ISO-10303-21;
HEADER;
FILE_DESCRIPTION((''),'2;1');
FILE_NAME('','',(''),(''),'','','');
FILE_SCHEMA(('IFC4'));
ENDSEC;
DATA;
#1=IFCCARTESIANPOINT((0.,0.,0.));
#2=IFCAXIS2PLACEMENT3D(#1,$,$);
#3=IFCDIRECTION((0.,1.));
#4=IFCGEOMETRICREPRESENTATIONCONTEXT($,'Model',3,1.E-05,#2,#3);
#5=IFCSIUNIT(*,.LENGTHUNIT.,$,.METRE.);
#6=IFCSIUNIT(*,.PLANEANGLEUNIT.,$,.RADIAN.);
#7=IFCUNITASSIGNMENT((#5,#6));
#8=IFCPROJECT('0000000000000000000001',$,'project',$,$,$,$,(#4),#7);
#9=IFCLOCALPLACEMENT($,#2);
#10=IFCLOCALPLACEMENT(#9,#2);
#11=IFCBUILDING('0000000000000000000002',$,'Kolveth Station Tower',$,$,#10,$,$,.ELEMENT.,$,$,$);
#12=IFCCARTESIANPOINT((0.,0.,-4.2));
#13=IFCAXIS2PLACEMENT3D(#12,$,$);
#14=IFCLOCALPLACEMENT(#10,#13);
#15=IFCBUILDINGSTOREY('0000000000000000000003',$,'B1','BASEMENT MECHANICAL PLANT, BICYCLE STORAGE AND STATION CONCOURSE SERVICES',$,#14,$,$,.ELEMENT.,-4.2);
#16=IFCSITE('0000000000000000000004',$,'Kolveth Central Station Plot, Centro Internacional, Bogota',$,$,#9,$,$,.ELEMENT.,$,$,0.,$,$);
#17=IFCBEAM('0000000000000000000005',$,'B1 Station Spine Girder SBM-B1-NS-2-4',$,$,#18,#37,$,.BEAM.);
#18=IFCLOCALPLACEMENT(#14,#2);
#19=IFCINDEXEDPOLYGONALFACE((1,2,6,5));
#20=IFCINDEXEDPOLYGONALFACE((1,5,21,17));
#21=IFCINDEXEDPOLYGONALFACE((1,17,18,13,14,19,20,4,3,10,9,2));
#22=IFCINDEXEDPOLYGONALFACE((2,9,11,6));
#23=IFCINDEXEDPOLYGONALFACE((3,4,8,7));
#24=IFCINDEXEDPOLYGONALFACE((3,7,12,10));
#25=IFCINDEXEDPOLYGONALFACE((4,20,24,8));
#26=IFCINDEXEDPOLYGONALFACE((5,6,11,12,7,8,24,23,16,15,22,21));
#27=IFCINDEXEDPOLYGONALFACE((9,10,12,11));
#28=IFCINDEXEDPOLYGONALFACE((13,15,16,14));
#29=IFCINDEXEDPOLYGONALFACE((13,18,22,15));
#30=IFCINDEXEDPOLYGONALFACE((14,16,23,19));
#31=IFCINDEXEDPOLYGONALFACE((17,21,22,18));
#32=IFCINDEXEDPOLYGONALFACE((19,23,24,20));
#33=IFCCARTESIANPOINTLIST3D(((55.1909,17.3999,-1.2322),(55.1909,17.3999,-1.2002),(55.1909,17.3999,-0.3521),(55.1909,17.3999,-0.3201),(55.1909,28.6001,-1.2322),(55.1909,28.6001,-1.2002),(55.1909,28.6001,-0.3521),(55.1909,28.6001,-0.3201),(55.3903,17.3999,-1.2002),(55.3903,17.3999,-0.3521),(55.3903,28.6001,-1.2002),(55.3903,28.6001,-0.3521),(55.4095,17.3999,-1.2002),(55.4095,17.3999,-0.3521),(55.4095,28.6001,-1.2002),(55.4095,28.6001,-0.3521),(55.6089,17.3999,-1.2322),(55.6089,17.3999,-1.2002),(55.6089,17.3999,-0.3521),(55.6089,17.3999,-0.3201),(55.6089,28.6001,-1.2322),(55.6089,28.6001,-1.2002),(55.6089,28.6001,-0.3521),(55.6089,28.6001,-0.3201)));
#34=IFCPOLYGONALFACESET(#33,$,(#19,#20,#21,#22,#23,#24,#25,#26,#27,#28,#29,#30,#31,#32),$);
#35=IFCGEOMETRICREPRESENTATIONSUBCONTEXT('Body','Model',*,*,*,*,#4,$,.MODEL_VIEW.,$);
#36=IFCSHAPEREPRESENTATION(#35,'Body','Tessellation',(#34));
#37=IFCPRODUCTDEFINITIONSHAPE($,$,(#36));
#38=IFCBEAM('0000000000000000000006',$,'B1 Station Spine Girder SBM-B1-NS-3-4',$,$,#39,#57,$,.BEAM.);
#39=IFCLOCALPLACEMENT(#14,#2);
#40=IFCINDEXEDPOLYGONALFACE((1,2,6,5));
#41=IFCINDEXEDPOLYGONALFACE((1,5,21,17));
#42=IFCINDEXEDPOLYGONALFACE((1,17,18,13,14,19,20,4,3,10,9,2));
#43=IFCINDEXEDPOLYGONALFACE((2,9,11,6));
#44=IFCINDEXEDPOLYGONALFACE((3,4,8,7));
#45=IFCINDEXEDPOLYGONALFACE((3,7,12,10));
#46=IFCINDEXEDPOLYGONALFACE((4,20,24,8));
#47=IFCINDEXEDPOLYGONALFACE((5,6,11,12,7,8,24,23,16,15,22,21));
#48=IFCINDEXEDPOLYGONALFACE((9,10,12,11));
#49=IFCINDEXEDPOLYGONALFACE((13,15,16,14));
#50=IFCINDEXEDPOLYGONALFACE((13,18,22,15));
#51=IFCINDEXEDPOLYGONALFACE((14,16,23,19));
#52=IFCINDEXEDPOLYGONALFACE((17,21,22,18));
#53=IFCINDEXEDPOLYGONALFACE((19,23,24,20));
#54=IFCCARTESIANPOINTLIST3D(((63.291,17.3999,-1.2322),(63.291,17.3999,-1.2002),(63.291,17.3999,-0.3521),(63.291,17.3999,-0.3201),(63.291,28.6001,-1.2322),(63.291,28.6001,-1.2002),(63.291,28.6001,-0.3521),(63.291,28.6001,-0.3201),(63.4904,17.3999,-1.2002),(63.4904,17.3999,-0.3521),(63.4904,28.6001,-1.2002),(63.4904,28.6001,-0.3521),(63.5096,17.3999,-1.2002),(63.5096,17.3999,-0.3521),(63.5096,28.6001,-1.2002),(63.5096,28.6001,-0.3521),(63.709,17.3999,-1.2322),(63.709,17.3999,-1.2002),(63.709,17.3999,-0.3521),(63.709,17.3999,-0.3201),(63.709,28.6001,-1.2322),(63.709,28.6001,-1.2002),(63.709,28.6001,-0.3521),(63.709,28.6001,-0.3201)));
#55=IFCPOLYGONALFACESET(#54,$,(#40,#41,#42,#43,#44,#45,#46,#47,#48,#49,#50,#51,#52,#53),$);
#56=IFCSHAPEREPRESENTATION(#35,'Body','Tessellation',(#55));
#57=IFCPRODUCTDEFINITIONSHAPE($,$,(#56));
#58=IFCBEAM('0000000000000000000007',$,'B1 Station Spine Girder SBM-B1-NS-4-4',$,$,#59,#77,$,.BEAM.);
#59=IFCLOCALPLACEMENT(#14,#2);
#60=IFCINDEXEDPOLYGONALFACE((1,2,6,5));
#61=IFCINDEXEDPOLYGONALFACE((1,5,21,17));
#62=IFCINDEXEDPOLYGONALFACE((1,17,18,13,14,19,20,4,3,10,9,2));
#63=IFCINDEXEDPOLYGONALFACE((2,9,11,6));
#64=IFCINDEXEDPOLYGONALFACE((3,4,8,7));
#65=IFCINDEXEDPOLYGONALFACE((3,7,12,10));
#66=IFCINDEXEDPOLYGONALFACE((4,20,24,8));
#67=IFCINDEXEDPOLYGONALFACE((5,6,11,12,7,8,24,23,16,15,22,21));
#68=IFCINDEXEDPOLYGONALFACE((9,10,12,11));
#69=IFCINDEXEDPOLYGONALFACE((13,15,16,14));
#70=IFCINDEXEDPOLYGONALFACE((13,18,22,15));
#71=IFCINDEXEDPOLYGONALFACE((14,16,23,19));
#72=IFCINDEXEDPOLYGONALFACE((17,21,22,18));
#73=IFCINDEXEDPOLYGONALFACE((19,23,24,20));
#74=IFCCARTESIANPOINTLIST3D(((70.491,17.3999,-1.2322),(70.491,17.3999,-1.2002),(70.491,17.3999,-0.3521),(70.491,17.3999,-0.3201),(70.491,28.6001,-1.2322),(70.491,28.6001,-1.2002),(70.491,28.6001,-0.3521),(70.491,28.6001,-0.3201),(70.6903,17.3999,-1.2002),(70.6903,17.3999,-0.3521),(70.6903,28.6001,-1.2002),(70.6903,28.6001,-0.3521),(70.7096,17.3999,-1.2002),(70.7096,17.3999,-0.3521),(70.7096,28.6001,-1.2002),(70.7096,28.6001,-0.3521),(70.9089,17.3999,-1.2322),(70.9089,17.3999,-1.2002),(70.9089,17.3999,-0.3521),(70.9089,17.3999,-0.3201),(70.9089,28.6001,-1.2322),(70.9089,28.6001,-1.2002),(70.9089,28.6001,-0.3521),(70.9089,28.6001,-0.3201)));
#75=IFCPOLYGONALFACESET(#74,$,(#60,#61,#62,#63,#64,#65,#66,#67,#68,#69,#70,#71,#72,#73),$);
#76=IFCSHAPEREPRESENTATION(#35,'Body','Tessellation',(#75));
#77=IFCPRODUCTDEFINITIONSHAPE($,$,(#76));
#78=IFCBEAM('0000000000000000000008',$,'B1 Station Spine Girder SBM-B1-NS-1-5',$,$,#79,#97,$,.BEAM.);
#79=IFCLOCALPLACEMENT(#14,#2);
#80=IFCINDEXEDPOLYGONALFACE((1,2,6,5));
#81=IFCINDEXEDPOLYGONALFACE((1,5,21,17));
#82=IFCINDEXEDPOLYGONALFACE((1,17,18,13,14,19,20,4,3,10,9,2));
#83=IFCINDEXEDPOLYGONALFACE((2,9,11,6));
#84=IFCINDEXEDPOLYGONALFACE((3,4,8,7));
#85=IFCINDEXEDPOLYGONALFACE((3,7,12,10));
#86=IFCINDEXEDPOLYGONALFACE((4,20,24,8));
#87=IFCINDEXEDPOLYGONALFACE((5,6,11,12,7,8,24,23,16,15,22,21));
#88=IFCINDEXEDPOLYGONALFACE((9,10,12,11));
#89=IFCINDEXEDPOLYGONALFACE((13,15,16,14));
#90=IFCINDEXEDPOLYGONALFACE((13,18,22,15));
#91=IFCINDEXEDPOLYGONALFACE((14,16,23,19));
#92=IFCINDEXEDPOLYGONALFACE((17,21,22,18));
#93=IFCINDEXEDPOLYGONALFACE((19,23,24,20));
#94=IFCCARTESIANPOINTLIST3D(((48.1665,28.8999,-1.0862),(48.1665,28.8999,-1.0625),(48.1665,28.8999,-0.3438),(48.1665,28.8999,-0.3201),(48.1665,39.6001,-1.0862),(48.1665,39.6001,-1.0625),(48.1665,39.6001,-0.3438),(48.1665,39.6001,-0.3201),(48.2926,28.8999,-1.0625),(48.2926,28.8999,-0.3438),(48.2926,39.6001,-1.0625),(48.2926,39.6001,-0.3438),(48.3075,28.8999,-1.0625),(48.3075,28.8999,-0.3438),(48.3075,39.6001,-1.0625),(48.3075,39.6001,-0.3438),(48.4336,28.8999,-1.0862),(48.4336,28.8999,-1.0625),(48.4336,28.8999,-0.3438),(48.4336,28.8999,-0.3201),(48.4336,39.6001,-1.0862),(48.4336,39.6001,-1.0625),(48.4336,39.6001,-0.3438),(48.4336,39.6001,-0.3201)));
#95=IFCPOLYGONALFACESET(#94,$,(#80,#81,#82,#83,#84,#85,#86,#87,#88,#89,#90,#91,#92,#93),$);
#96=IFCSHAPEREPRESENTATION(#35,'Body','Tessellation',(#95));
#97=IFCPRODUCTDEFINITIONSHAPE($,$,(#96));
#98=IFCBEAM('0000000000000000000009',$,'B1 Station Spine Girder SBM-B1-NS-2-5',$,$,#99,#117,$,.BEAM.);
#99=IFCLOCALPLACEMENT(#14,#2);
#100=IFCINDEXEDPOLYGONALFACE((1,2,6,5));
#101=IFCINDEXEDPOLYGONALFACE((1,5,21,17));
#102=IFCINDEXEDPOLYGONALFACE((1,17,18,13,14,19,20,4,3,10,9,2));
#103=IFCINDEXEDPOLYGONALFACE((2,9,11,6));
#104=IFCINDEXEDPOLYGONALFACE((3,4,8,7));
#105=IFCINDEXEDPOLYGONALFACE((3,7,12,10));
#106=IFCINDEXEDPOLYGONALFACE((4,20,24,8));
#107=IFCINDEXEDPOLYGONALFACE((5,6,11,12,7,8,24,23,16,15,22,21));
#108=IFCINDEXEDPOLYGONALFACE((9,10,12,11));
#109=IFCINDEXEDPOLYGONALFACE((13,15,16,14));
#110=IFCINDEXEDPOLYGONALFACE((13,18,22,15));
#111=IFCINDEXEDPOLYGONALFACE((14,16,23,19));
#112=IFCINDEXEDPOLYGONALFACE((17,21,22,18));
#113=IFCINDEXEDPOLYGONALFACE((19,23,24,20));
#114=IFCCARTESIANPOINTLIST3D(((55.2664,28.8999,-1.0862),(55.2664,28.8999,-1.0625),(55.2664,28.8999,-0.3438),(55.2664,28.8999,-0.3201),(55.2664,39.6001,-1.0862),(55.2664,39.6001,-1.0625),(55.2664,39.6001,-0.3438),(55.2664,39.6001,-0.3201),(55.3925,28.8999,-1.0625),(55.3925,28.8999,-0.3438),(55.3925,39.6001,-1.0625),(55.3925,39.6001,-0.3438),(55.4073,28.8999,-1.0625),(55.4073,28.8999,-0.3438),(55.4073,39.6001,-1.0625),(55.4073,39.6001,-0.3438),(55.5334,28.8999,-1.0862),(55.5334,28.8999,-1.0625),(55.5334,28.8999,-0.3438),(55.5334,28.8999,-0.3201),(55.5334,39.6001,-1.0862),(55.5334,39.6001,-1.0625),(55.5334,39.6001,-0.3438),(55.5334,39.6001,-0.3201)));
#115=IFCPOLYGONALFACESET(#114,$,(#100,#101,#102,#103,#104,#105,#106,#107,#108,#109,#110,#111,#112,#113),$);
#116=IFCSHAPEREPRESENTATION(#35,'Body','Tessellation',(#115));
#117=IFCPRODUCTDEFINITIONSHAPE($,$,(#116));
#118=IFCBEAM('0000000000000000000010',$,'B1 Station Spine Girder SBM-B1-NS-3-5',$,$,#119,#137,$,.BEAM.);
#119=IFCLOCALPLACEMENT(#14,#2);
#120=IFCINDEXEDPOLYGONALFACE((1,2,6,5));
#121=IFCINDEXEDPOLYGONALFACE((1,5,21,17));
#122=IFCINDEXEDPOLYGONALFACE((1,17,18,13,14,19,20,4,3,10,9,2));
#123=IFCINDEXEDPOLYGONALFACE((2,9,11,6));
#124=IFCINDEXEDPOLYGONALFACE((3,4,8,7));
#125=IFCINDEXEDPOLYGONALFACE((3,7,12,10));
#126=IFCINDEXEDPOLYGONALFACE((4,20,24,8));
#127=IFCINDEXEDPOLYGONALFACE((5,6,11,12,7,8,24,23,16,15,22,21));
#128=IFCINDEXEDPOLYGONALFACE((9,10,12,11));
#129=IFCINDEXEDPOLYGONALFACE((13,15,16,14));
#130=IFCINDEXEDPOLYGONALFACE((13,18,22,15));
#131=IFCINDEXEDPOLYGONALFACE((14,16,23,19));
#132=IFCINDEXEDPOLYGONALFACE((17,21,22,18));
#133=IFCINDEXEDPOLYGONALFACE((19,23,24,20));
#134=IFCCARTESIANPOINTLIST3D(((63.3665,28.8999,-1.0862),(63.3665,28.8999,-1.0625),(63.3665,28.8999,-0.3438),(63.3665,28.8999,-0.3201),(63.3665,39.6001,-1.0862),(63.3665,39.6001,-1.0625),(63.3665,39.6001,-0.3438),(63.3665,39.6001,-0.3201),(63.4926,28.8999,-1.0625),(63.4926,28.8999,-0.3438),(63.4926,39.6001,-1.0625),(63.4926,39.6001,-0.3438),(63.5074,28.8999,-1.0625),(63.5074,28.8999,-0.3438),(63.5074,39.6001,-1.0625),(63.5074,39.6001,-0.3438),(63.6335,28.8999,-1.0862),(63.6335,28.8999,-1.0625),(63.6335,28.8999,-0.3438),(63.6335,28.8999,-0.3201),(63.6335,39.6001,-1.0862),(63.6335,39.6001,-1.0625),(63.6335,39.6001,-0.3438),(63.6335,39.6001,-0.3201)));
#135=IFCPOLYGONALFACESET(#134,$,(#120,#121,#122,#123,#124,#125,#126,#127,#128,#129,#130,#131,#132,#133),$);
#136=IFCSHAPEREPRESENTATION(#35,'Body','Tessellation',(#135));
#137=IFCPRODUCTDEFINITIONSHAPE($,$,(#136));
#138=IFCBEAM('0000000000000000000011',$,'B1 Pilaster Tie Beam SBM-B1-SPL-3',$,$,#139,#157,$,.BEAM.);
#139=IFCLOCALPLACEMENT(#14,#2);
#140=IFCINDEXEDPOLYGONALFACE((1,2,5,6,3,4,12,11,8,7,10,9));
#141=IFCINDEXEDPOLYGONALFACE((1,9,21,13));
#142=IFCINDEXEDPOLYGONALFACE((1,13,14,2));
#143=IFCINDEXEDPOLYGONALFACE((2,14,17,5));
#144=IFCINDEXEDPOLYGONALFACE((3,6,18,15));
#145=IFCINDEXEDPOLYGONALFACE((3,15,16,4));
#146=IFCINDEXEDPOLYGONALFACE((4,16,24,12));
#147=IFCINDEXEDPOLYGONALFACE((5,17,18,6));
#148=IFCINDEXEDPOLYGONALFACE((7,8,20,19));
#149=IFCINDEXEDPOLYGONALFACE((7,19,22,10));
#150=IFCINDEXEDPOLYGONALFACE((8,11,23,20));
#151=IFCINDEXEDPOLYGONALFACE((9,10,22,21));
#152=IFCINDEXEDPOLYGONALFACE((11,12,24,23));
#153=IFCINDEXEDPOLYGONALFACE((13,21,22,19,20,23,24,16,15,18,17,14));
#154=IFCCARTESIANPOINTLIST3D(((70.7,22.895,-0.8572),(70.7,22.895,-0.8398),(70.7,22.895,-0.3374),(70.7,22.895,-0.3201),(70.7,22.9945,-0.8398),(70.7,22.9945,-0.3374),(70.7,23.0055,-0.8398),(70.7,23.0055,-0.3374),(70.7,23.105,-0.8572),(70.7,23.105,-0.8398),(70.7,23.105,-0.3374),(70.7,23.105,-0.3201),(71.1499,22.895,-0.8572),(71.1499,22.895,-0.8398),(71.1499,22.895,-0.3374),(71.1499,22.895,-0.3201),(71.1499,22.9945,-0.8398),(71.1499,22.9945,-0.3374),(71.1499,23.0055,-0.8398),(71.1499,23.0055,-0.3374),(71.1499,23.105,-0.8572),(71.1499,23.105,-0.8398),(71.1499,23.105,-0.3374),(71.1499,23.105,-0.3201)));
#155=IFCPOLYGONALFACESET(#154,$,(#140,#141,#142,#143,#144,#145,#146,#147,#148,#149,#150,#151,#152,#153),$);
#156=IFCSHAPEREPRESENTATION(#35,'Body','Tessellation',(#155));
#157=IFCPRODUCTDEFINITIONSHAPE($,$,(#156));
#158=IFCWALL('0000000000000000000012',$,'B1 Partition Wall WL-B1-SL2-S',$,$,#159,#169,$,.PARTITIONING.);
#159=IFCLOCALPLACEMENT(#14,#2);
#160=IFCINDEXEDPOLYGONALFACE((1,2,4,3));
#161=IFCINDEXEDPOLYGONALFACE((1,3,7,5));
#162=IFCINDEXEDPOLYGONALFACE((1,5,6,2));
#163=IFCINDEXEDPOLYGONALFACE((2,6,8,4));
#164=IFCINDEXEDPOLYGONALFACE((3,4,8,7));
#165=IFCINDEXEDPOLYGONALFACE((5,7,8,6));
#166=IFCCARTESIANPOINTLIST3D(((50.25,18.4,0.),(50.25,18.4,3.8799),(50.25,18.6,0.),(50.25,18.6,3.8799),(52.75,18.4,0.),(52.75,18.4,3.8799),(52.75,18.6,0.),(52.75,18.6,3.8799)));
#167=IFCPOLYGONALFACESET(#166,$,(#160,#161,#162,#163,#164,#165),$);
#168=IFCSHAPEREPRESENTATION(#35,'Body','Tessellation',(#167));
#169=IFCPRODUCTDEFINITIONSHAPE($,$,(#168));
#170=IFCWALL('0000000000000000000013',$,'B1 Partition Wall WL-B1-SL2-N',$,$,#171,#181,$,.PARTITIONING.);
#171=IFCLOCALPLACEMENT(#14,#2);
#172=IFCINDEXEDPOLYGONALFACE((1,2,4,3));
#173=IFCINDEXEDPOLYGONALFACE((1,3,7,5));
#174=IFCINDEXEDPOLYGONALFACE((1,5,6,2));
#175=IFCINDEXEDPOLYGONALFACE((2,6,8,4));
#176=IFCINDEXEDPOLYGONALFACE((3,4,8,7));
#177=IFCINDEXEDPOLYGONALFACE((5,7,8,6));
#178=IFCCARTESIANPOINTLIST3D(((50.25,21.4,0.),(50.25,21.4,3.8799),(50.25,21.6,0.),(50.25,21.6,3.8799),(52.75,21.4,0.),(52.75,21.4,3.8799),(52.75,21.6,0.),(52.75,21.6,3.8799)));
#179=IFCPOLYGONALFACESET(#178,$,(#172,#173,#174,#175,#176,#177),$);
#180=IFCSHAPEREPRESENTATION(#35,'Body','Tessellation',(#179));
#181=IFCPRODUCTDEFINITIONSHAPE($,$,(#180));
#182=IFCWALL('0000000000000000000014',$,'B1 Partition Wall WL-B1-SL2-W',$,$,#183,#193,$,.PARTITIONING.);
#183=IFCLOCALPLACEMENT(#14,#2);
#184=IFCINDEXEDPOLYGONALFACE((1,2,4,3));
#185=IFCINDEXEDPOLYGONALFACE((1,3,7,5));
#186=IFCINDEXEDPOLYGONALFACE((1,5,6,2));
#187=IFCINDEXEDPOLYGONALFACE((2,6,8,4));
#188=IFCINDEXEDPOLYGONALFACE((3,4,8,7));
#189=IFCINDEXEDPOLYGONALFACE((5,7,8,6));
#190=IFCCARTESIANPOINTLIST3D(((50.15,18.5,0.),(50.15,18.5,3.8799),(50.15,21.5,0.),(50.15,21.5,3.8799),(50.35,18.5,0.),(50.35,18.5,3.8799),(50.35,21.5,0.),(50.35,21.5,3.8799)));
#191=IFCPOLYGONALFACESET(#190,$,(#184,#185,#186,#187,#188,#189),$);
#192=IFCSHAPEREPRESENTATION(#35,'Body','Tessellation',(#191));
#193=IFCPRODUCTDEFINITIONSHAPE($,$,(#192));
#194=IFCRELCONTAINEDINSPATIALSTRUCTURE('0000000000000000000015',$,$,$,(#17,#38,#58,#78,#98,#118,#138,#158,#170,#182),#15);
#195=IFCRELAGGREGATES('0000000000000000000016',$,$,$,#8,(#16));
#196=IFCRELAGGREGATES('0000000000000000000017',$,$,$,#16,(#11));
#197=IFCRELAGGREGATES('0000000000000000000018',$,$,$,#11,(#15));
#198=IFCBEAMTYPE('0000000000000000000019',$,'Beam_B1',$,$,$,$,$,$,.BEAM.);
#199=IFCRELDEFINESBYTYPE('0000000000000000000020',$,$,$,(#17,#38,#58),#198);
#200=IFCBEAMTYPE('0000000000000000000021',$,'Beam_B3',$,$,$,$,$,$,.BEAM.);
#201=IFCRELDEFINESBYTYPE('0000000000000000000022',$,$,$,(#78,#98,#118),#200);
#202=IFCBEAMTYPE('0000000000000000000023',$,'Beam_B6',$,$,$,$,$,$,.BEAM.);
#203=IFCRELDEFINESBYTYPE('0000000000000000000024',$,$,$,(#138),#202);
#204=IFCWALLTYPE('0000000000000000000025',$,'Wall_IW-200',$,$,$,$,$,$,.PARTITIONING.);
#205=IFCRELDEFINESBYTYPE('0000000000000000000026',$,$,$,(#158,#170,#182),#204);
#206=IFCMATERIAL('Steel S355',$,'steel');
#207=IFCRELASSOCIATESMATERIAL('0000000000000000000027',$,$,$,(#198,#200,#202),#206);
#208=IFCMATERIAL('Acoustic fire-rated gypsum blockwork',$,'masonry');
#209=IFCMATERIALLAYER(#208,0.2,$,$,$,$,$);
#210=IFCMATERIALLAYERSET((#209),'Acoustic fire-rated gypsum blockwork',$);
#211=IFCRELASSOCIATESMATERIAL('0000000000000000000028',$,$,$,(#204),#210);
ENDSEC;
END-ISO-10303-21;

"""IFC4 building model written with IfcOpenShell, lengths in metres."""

from ifc_helpers import new_model, si_unit, direction, frame, frame_2d, origin, origin_2d, place, context, subcontext, project, spatial, rectangle, i_section, extrude, source, transform, mapped, material, layer, layer_set, material_profile, profile_set, type_object, element, save


model = new_model("IFC4")

# Units and contexts
model_context = context("Model", 3, precision=1e-05, world=origin(), true_north=direction((0.0, 1.0)))
body_context = subcontext(model_context, "Body", "Model", "MODEL_VIEW")
ifc_project = project(units=[si_unit("LENGTHUNIT", "METRE"), si_unit("PLANEANGLEUNIT", "RADIAN")], contexts=[model_context])

# Site, building, storey
site_placement = place(None, origin())
site = spatial("IfcSite", under=ifc_project, at=site_placement, Name="Kolveth Central Station Plot, Centro Internacional, Bogota", CompositionType="ELEMENT", RefElevation=0.0)
building_placement = place(site_placement, origin())
building = spatial("IfcBuilding", under=site, at=building_placement, Name="Kolveth Station Tower", CompositionType="ELEMENT")
storey_placement = place(building_placement, frame((0.0, 0.0, -4.2)))
storey = spatial("IfcBuildingStorey", under=building, at=storey_placement, Name="B1", Description="BASEMENT MECHANICAL PLANT, BICYCLE STORAGE AND STATION CONCOURSE SERVICES", CompositionType="ELEMENT", Elevation=-4.2)

# Shared definitions
ifc_material_1 = material(Name="Steel S355", Category="steel")

# Beams
ifc_material_profile_1 = material_profile(ifc_material_1, i_section(OverallWidth=0.418, OverallDepth=0.9121, WebThickness=0.0193, FlangeThickness=0.032, at=origin_2d()), Name="W920x342")
ifc_profile_set_1 = profile_set([ifc_material_profile_1], Name="Steel S355")
beam_type_1 = type_object("IfcBeamType", Name="Beam_B1", PredefinedType="BEAM", material=ifc_profile_set_1)
shared_shape_1 = source(origin(), body_context, "Body", "SweptSolid", [
    extrude(i_section(OverallWidth=0.418, OverallDepth=0.9121, WebThickness=0.0193, FlangeThickness=0.032, at=origin_2d()), origin(), (0.0, 0.0, 1.0), 11.2002),
])
for number, where, z_axis, x_axis, name in (
    (1, (55.3999, 17.3999, -0.7761), (0.0, 1.0, 0.0), (-1.0, 0.0, 0.0), "B1 Station Spine Girder SBM-B1-NS-2-4"),
    (2, (63.5, 17.3999, -0.7761), (0.0, 1.0, 0.0), (-1.0, 0.0, 0.0), "B1 Station Spine Girder SBM-B1-NS-3-4"),
    (3, (70.7, 17.3999, -0.7761), (0.0, 1.0, 0.0), (-1.0, 0.0, 0.0), "B1 Station Spine Girder SBM-B1-NS-4-4"),
):
    element("IfcBeam", number, at=place(storey_placement, frame(where, z_axis=z_axis, x_axis=x_axis)), inside=storey, type_object=beam_type_1, Name=name, PredefinedType="BEAM", context=body_context, shape_type="MappedRepresentation", body=[
        mapped(shared_shape_1, transform((0.0, 0.0, 0.0), x_axis=(1.0, 0.0, 0.0), y_axis=(0.0, 1.0, 0.0), z_axis=(0.0, 0.0, 1.0), scale=1.0)),
    ])
ifc_material_profile_2 = material_profile(ifc_material_1, i_section(OverallWidth=0.2671, OverallDepth=0.7661, WebThickness=0.0149, FlangeThickness=0.0237, at=origin_2d()), Name="W760x185")
ifc_profile_set_2 = profile_set([ifc_material_profile_2], Name="Steel S355")
beam_type_2 = type_object("IfcBeamType", Name="Beam_B3", PredefinedType="BEAM", material=ifc_profile_set_2)
shared_shape_2 = source(origin(), body_context, "Body", "SweptSolid", [
    extrude(i_section(OverallWidth=0.2671, OverallDepth=0.7661, WebThickness=0.0149, FlangeThickness=0.0237, at=origin_2d()), origin(), (0.0, 0.0, 1.0), 10.7002),
])
for number, where, z_axis, x_axis, name in (
    (4, (48.3, 28.8999, -0.7031), (0.0, 1.0, 0.0), (-1.0, 0.0, 0.0), "B1 Station Spine Girder SBM-B1-NS-1-5"),
    (5, (55.3999, 28.8999, -0.7031), (0.0, 1.0, 0.0), (-1.0, 0.0, 0.0), "B1 Station Spine Girder SBM-B1-NS-2-5"),
    (6, (63.5, 28.8999, -0.7031), (0.0, 1.0, 0.0), (-1.0, 0.0, 0.0), "B1 Station Spine Girder SBM-B1-NS-3-5"),
):
    element("IfcBeam", number, at=place(storey_placement, frame(where, z_axis=z_axis, x_axis=x_axis)), inside=storey, type_object=beam_type_2, Name=name, PredefinedType="BEAM", context=body_context, shape_type="MappedRepresentation", body=[
        mapped(shared_shape_2, transform((0.0, 0.0, 0.0), x_axis=(1.0, 0.0, 0.0), y_axis=(0.0, 1.0, 0.0), z_axis=(0.0, 0.0, 1.0), scale=1.0)),
    ])
ifc_material_profile_3 = material_profile(ifc_material_1, i_section(OverallWidth=0.21, OverallDepth=0.5371, WebThickness=0.011, FlangeThickness=0.0173, at=origin_2d()), Name="W530x101")
ifc_profile_set_3 = profile_set([ifc_material_profile_3], Name="Steel S355")
beam_type_3 = type_object("IfcBeamType", Name="Beam_B6", PredefinedType="BEAM", material=ifc_profile_set_3)
shared_shape_3 = source(origin(), body_context, "Body", "SweptSolid", [
    extrude(i_section(OverallWidth=0.21, OverallDepth=0.5371, WebThickness=0.011, FlangeThickness=0.0173, at=origin_2d()), origin(), (0.0, 0.0, 1.0), 0.45),
])
beam_placement = place(storey_placement, frame((70.7, 23.0, -0.5886), z_axis=(1.0, 0.0, 0.0), x_axis=(0.0, 1.0, 0.0)))
element("IfcBeam", 7, at=beam_placement, inside=storey, type_object=beam_type_3, Name="B1 Pilaster Tie Beam SBM-B1-SPL-3", PredefinedType="BEAM", context=body_context, shape_type="MappedRepresentation", body=[
    mapped(shared_shape_3, transform((0.0, 0.0, 0.0), x_axis=(1.0, 0.0, 0.0), y_axis=(0.0, 1.0, 0.0), z_axis=(0.0, 0.0, 1.0), scale=1.0)),
])

# Walls
ifc_material_2 = material(Name="Acoustic fire-rated gypsum blockwork", Category="masonry")
ifc_layer = layer(ifc_material_2, 0.2)
ifc_layer_set = layer_set([ifc_layer], Name="Acoustic fire-rated gypsum blockwork")
wall_type = type_object("IfcWallType", Name="Wall_IW-200", PredefinedType="PARTITIONING", material=ifc_layer_set)
for number, where, z_axis, x_axis, name in (
    (8, (50.25, 18.5, 0.0), (0.0, 0.0, 1.0), (1.0, 0.0, 0.0), "B1 Partition Wall WL-B1-SL2-S"),
    (9, (50.25, 21.5, 0.0), (0.0, 0.0, 1.0), (1.0, 0.0, 0.0), "B1 Partition Wall WL-B1-SL2-N"),
):
    element("IfcWall", number, at=place(storey_placement, frame(where, z_axis=z_axis, x_axis=x_axis)), inside=storey, type_object=wall_type, Name=name, PredefinedType="PARTITIONING", context=body_context, shape_type="SweptSolid", body=[
        extrude(rectangle(XDim=2.5, YDim=0.2, at=frame_2d((1.25, 0.0))), origin(), (0.0, 0.0, 1.0), 3.8799),
    ])
wall_1_placement = place(storey_placement, frame((50.25, 18.5, 0.0), z_axis=(0.0, 0.0, 1.0), x_axis=(0.0, 1.0, 0.0)))
element("IfcWall", 10, at=wall_1_placement, inside=storey, type_object=wall_type, Name="B1 Partition Wall WL-B1-SL2-W", PredefinedType="PARTITIONING", context=body_context, shape_type="SweptSolid", body=[
    extrude(rectangle(XDim=3.0, YDim=0.2, at=frame_2d((1.5, 0.0))), origin(), (0.0, 0.0, 1.0), 3.8799),
])

save(model, "model.ifc")
